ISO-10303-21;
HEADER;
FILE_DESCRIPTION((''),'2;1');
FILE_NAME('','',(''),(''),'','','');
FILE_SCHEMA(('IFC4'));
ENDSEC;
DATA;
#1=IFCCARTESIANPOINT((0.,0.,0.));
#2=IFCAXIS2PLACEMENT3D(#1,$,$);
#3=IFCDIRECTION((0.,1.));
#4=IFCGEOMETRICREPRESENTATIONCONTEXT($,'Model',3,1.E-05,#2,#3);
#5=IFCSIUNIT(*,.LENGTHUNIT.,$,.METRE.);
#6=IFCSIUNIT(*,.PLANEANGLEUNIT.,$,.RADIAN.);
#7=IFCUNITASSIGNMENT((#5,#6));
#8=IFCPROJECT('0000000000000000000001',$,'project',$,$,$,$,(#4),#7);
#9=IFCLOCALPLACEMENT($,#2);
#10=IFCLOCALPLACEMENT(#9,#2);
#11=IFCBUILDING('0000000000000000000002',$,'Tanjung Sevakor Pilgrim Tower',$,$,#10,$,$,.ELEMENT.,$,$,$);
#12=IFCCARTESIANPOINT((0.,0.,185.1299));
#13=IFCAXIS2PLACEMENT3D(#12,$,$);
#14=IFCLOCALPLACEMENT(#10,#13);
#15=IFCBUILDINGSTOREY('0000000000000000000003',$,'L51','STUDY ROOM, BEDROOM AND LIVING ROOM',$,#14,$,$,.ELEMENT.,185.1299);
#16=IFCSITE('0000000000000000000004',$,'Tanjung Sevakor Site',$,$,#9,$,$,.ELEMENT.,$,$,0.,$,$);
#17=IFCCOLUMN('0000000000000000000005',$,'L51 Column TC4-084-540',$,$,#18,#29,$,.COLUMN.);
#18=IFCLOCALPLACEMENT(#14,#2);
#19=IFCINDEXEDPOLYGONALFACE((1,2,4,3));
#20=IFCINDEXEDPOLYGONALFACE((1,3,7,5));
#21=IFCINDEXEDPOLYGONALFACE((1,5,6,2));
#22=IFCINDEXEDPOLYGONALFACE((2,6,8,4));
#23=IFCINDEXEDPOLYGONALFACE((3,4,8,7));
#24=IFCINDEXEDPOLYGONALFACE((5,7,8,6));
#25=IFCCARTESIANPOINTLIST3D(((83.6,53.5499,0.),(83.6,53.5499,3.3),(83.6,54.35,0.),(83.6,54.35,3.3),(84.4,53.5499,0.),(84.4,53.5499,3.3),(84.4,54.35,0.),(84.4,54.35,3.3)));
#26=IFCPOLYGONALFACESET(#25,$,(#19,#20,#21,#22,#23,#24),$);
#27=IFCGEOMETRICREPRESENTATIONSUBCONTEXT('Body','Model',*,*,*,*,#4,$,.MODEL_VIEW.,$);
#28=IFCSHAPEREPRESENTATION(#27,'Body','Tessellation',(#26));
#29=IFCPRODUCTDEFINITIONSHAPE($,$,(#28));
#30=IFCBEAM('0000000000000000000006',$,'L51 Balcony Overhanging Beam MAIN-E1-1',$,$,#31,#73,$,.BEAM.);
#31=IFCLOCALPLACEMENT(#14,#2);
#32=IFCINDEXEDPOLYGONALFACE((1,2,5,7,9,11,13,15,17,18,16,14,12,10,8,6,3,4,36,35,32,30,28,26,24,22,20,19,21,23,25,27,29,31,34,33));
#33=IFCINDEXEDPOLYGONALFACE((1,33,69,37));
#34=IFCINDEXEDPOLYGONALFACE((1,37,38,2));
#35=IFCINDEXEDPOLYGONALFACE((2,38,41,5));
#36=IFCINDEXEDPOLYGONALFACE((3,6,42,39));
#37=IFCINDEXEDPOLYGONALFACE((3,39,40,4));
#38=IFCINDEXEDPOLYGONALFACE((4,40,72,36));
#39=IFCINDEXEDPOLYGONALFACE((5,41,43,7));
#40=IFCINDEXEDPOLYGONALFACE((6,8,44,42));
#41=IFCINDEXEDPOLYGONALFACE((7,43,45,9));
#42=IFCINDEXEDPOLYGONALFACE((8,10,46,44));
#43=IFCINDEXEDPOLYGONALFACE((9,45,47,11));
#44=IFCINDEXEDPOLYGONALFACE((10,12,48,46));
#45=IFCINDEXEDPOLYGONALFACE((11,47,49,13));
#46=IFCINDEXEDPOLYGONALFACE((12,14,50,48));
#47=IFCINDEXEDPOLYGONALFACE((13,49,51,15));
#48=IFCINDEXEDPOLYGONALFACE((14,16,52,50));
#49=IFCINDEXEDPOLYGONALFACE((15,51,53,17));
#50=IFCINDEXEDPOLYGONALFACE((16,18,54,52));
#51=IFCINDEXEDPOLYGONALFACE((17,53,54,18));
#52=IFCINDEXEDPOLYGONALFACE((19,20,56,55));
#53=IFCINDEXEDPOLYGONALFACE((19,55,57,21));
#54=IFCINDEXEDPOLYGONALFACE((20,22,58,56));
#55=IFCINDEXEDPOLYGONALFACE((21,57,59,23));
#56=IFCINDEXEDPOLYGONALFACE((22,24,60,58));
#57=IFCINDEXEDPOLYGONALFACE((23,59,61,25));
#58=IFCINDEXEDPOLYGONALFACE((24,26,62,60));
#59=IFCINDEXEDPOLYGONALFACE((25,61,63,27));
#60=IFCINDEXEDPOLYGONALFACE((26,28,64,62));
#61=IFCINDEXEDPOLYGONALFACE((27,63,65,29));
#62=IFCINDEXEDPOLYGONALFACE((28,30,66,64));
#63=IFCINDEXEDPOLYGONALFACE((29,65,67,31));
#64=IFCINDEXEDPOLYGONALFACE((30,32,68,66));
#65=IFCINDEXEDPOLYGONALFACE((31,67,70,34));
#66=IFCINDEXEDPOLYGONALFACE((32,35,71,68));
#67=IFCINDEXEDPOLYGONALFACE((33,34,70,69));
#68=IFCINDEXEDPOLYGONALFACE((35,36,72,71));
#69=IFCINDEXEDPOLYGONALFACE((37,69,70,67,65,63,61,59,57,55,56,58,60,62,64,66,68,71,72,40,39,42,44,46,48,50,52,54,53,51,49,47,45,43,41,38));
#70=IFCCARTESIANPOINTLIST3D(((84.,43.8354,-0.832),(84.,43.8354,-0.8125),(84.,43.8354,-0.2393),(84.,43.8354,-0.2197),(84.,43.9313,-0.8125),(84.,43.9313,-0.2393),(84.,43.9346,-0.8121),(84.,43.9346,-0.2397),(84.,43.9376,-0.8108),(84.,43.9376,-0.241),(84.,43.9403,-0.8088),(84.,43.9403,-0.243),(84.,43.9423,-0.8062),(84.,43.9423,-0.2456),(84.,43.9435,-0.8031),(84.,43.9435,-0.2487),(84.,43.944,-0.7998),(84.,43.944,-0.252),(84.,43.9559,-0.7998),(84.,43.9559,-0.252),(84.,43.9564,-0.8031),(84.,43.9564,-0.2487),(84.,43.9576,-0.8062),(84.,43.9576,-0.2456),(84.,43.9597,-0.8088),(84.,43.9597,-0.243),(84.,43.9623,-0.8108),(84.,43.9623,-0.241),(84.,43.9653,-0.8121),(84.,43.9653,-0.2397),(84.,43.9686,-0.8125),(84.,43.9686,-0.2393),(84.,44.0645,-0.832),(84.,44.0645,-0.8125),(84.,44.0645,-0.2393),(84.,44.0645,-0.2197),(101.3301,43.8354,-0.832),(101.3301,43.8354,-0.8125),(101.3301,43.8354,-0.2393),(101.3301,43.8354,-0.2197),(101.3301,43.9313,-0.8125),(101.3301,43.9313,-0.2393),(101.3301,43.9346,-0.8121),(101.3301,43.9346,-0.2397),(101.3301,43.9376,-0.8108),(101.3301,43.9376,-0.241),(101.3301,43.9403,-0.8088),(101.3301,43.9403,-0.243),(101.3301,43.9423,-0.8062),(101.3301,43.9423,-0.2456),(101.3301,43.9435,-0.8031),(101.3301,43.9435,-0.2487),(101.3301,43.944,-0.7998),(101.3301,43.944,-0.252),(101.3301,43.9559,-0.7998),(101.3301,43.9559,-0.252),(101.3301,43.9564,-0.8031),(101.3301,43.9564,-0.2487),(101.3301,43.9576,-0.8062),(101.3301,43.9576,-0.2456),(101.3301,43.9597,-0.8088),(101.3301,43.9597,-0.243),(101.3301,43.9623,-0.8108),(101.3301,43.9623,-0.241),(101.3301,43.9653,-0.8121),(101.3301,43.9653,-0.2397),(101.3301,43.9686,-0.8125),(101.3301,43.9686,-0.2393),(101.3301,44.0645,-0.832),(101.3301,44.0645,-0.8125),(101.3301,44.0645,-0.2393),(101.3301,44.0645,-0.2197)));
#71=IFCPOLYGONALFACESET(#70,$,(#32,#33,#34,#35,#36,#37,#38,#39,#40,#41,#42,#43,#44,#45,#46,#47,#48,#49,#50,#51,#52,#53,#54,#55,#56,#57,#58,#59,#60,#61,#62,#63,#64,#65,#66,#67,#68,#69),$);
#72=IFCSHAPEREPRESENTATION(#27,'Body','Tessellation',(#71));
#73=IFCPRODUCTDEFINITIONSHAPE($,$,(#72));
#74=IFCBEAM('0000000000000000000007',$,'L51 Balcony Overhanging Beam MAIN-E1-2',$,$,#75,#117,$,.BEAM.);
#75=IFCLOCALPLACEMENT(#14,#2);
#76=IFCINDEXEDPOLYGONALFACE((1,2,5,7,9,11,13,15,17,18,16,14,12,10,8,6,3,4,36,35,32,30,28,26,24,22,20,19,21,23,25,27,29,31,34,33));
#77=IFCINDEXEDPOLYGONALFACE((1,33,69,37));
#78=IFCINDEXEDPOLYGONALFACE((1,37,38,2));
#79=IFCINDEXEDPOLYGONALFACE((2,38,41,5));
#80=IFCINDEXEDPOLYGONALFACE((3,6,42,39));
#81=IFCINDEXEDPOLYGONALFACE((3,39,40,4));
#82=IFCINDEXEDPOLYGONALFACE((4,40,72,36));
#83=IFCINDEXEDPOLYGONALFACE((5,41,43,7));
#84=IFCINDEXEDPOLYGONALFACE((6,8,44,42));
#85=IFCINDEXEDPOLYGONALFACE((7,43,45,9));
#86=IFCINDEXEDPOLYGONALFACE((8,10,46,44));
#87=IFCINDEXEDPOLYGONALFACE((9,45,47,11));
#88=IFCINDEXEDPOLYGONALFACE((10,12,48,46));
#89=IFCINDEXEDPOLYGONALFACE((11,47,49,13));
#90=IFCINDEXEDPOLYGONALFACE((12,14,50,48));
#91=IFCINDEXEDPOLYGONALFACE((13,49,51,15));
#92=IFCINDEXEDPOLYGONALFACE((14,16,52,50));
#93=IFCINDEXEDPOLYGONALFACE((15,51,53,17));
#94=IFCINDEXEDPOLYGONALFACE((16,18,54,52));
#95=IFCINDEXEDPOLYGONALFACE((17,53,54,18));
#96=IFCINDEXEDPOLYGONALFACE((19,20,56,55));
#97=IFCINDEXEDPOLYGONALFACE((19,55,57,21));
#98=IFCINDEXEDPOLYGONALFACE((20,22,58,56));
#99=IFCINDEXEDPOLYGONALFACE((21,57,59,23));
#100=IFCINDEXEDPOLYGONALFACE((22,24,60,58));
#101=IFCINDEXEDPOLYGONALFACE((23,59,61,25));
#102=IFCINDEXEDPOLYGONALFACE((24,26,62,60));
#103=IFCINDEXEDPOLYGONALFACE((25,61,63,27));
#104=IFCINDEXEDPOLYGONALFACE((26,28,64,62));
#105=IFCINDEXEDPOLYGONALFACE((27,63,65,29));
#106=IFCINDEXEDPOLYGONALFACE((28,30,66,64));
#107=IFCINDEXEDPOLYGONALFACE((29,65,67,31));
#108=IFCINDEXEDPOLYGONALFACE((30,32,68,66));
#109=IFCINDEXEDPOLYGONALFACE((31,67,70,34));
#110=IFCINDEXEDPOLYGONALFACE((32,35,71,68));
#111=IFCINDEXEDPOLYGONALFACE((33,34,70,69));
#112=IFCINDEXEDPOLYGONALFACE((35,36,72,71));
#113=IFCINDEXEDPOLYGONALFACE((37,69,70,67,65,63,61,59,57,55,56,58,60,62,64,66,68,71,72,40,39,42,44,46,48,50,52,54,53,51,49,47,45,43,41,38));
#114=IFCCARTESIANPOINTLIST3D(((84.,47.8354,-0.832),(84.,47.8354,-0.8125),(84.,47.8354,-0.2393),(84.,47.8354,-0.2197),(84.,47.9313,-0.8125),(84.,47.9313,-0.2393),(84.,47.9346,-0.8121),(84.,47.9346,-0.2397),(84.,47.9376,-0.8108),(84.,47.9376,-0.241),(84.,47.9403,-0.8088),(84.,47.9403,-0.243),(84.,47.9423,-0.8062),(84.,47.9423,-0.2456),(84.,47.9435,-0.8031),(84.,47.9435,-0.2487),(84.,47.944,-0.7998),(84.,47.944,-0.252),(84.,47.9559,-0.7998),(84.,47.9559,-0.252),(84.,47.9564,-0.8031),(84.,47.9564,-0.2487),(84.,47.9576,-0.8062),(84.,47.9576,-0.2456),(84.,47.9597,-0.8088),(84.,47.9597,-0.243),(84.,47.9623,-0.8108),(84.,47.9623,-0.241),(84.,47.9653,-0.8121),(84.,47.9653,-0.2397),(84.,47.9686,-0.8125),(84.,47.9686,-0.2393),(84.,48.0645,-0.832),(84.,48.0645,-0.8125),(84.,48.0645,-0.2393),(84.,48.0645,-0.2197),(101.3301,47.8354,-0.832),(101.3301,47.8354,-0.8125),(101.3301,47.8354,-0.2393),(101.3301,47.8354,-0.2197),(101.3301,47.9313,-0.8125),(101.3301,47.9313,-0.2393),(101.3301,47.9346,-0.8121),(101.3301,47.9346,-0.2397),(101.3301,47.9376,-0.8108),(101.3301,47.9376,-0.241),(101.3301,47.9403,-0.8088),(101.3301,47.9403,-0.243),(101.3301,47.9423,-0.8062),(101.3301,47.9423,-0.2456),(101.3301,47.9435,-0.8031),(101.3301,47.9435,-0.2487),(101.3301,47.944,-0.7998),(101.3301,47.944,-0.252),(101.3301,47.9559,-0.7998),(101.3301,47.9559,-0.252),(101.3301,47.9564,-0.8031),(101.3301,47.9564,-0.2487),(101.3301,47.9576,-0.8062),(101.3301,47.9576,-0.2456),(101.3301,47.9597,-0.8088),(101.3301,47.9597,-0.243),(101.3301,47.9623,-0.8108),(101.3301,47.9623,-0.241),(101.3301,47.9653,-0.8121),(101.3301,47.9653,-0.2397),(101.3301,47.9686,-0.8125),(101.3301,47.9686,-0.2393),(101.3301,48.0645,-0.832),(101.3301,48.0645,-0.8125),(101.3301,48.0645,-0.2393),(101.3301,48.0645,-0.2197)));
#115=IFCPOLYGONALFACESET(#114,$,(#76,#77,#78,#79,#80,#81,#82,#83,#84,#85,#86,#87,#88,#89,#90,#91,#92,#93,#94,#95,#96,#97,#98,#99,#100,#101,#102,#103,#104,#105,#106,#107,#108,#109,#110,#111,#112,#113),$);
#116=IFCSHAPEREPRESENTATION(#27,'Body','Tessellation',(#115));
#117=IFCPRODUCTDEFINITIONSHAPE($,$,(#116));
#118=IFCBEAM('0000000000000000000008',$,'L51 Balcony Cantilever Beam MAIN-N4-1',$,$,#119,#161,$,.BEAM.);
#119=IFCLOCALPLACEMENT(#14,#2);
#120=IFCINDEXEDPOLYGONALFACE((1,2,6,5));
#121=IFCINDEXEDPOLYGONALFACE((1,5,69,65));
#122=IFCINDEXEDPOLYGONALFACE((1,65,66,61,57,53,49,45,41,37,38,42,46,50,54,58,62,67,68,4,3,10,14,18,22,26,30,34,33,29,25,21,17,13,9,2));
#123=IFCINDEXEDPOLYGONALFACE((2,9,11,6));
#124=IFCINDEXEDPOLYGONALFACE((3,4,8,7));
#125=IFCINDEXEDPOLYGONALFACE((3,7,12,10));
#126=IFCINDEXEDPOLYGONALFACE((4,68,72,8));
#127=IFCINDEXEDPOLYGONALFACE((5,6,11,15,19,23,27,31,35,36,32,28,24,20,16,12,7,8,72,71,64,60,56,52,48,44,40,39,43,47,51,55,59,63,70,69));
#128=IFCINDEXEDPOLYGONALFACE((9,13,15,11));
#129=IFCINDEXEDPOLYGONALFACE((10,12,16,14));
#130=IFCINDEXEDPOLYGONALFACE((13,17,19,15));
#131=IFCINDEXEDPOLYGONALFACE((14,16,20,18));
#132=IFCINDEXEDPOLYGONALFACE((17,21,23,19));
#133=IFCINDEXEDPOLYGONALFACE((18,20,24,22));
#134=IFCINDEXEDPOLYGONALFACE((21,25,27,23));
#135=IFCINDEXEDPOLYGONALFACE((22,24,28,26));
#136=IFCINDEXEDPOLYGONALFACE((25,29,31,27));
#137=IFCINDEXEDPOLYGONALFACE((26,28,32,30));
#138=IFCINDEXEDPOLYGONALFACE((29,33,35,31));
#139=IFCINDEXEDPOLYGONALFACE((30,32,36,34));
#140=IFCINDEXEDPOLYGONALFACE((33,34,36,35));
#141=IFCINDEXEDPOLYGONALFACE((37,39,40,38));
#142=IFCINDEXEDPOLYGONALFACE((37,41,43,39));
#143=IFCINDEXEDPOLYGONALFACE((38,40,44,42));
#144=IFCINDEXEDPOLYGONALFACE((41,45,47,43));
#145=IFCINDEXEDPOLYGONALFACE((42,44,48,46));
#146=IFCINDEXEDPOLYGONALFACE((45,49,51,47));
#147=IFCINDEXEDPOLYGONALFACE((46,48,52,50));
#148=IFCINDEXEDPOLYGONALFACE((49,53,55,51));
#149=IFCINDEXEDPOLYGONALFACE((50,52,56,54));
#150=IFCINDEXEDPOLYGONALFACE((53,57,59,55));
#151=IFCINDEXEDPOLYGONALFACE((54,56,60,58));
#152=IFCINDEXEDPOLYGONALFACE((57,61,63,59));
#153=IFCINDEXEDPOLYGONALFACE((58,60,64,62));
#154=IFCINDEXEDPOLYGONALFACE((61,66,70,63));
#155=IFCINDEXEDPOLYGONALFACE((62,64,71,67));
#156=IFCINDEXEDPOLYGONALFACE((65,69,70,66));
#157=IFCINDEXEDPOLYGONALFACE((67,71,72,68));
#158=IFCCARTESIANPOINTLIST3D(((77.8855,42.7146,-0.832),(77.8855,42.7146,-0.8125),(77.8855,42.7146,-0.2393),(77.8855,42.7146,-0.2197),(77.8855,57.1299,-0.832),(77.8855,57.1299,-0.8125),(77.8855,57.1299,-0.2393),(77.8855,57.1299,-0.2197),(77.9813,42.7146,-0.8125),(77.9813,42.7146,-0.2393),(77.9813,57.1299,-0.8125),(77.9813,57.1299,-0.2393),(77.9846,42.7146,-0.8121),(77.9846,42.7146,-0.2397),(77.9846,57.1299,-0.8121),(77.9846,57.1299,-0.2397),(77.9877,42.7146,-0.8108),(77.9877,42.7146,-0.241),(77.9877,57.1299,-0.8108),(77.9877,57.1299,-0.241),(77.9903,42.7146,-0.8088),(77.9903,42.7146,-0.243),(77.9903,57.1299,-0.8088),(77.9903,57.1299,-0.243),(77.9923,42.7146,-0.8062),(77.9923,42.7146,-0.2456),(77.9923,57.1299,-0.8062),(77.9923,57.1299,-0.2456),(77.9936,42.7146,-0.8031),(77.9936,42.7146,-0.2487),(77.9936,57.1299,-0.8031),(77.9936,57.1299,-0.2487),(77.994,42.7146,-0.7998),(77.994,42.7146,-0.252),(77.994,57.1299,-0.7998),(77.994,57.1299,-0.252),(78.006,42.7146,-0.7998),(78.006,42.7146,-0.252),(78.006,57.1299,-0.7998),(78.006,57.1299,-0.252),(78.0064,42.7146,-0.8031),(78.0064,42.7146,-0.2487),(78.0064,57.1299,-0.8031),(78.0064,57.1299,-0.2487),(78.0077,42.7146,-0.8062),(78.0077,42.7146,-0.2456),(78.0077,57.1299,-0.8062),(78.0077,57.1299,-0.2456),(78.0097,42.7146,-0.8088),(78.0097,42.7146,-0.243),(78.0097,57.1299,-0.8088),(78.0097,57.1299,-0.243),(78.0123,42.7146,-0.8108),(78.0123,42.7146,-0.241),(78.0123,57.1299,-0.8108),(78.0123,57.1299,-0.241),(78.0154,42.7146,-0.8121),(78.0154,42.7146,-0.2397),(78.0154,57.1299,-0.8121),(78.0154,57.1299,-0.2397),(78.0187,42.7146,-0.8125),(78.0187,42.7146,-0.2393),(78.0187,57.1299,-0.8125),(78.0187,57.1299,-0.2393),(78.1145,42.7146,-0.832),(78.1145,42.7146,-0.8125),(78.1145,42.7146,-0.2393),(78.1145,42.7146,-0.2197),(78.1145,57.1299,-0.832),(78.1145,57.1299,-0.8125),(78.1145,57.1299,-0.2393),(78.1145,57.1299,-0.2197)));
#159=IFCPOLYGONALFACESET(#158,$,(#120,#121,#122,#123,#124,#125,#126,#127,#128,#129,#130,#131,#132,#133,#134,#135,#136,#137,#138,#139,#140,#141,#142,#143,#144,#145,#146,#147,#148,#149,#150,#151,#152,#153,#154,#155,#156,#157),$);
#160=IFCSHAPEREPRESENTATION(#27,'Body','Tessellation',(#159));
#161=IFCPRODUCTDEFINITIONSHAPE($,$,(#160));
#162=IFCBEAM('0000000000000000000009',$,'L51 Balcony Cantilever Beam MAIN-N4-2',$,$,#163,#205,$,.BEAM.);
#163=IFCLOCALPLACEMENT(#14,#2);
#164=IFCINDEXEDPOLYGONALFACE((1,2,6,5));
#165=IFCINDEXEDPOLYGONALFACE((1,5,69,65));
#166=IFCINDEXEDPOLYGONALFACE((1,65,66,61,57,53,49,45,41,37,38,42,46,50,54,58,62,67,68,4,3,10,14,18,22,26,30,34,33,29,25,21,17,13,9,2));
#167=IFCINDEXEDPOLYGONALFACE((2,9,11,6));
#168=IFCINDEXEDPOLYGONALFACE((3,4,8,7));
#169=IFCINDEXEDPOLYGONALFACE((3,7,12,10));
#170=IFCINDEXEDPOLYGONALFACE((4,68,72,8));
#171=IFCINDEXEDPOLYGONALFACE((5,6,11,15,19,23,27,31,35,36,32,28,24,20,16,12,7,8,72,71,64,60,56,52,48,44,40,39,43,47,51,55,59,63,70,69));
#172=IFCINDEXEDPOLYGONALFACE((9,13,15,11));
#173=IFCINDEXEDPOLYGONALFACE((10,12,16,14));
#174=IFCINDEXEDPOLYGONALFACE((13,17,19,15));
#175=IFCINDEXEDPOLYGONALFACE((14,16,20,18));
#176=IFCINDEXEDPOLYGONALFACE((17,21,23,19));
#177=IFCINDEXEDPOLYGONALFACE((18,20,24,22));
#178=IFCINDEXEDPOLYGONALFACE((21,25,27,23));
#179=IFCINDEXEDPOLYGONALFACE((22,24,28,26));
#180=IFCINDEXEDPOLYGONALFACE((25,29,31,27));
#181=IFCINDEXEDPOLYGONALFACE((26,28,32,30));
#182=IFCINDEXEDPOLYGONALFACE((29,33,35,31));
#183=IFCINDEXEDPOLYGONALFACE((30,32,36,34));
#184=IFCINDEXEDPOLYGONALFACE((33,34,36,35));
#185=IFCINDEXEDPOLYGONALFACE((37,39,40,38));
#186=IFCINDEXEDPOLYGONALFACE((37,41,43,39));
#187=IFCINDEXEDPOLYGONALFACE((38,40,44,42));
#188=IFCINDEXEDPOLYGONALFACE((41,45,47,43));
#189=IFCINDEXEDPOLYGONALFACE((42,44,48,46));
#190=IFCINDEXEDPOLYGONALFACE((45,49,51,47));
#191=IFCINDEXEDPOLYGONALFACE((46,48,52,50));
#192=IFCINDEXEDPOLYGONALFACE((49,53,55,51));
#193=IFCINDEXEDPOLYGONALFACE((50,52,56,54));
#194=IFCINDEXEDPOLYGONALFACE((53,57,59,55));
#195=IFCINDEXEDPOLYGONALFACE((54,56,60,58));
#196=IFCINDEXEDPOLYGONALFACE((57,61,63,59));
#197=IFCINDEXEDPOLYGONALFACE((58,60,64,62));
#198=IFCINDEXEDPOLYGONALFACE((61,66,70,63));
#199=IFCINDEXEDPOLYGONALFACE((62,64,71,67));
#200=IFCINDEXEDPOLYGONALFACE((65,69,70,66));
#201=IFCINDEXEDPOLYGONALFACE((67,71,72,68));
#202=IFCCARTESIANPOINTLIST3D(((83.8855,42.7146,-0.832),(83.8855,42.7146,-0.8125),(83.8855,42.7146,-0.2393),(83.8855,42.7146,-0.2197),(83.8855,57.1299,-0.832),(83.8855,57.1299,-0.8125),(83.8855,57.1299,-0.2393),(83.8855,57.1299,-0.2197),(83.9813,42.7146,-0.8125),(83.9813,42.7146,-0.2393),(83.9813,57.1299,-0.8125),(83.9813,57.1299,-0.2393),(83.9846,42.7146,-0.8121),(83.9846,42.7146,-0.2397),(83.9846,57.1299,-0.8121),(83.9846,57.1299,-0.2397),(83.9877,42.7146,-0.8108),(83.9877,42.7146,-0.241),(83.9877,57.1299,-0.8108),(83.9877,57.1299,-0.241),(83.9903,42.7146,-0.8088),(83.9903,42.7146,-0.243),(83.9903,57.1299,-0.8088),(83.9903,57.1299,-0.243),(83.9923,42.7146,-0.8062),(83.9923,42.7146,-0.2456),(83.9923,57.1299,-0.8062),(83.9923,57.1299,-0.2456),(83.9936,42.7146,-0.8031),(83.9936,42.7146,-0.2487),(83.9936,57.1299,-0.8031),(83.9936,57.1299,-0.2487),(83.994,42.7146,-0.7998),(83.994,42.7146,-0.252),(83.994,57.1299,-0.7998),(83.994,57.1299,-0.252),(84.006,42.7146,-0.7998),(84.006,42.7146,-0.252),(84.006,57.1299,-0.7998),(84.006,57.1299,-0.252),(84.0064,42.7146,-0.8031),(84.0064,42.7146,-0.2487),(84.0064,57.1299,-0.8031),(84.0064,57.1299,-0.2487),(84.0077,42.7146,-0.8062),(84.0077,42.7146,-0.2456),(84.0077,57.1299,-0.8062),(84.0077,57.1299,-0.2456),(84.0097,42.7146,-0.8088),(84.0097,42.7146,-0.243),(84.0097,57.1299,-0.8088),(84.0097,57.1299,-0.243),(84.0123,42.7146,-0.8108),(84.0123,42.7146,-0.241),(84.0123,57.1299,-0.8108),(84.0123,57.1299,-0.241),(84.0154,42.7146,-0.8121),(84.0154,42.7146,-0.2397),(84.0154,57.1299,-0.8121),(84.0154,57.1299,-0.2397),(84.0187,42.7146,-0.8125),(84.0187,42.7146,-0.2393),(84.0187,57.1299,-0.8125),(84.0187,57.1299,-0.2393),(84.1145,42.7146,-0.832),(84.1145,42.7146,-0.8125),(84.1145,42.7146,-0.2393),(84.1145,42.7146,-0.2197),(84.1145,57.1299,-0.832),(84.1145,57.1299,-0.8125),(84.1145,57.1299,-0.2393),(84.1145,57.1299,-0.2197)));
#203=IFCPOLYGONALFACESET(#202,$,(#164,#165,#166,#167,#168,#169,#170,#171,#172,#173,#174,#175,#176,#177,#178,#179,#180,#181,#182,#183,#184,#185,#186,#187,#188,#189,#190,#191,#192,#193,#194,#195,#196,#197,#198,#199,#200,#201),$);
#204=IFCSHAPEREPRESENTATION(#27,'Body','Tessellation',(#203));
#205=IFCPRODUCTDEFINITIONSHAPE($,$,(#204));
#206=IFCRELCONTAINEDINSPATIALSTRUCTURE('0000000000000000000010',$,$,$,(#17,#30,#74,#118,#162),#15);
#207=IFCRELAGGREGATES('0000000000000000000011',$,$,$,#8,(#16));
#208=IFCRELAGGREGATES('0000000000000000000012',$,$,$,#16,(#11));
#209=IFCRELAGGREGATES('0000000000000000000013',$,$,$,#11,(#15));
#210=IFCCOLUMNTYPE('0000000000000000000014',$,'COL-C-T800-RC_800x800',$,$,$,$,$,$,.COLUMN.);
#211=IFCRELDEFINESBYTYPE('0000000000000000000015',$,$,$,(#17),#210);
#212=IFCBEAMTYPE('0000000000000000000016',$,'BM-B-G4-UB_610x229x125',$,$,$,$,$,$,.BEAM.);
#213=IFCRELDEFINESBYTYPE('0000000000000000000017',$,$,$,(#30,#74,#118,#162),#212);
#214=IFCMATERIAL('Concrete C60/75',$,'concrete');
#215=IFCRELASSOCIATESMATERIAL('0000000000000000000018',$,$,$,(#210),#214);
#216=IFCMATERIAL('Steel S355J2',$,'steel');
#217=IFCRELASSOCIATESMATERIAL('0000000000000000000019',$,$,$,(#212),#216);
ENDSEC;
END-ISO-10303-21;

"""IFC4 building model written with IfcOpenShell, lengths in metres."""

from ifc_helpers import new_model, si_unit, direction, frame, origin, origin_2d, place, context, subcontext, project, spatial, rectangle, i_section, extrude, material, material_profile, profile_set, type_object, element, save


model = new_model("IFC4")

# Units and contexts
model_context = context("Model", 3, precision=1e-05, world=origin(), true_north=direction((0.0, 1.0)))
body_context = subcontext(model_context, "Body", "Model", "MODEL_VIEW")
ifc_project = project(units=[si_unit("LENGTHUNIT", "METRE"), si_unit("PLANEANGLEUNIT", "RADIAN")], contexts=[model_context])

# Site, building, storey
site_placement = place(None, origin())
site = spatial("IfcSite", under=ifc_project, at=site_placement, Name="Tanjung Sevakor Site", CompositionType="ELEMENT", RefElevation=0.0)
building_placement = place(site_placement, origin())
building = spatial("IfcBuilding", under=site, at=building_placement, Name="Tanjung Sevakor Pilgrim Tower", CompositionType="ELEMENT")
storey_placement = place(building_placement, frame((0.0, 0.0, 185.1299)))
storey = spatial("IfcBuildingStorey", under=building, at=storey_placement, Name="L51", Description="STUDY ROOM, BEDROOM AND LIVING ROOM", CompositionType="ELEMENT", Elevation=185.1299)

# Column
ifc_material_1 = material(Name="Concrete C60/75", Category="concrete")
ifc_material_profile_1 = material_profile(ifc_material_1, rectangle(XDim=0.8, YDim=0.8, at=origin_2d()))
ifc_profile_set_1 = profile_set([ifc_material_profile_1], Name="Concrete C60/75")
column_type = type_object("IfcColumnType", Name="COL-C-T800-RC_800x800", PredefinedType="COLUMN", material=ifc_profile_set_1)
column_placement = place(storey_placement, frame((84.0, 53.95, 0.0), z_axis=(0.0, 0.0, 1.0), x_axis=(1.0, 0.0, 0.0)))
element("IfcColumn", 1, at=column_placement, inside=storey, type_object=column_type, Name="L51 Column TC4-084-540", PredefinedType="COLUMN", context=body_context, shape_type="SweptSolid", body=[
    extrude(rectangle(XDim=0.8, YDim=0.8, at=origin_2d()), origin(), (0.0, 0.0, 1.0), 3.3),
])

# Beams
ifc_material_2 = material(Name="Steel S355J2", Category="steel")
ifc_material_profile_2 = material_profile(ifc_material_2, i_section(OverallWidth=0.229, OverallDepth=0.6123, WebThickness=0.012, FlangeThickness=0.0195, FilletRadius=0.0127, at=origin_2d()))
ifc_profile_set_2 = profile_set([ifc_material_profile_2], Name="Steel S355J2")
beam_type_1 = type_object("IfcBeamType", Name="BM-B-G4-UB_610x229x125", PredefinedType="BEAM", material=ifc_profile_set_2)
for number, where, z_axis, x_axis, name in (
    (2, (84.0, 43.95, -0.5259), (1.0, 0.0, 0.0), (0.0, 1.0, 0.0), "L51 Balcony Overhanging Beam MAIN-E1-1"),
    (3, (84.0, 47.95, -0.5259), (1.0, 0.0, 0.0), (0.0, 1.0, 0.0), "L51 Balcony Overhanging Beam MAIN-E1-2"),
):
    element("IfcBeam", number, at=place(storey_placement, frame(where, z_axis=z_axis, x_axis=x_axis)), inside=storey, type_object=beam_type_1, Name=name, PredefinedType="BEAM", context=body_context, shape_type="SweptSolid", body=[
        extrude(i_section(OverallWidth=0.229, OverallDepth=0.6123, WebThickness=0.012, FlangeThickness=0.0195, FilletRadius=0.0127, at=origin_2d()), origin(), (0.0, 0.0, 1.0), 17.3301),
    ])
for number, where, z_axis, x_axis, name in (
    (4, (78.0, 42.7146, -0.5259), (0.0, 1.0, 0.0), (-1.0, 0.0, 0.0), "L51 Balcony Cantilever Beam MAIN-N4-1"),
    (5, (84.0, 42.7146, -0.5259), (0.0, 1.0, 0.0), (-1.0, 0.0, 0.0), "L51 Balcony Cantilever Beam MAIN-N4-2"),
):
    element("IfcBeam", number, at=place(storey_placement, frame(where, z_axis=z_axis, x_axis=x_axis)), inside=storey, type_object=beam_type_1, Name=name, PredefinedType="BEAM", context=body_context, shape_type="SweptSolid", body=[
        extrude(i_section(OverallWidth=0.229, OverallDepth=0.6123, WebThickness=0.012, FlangeThickness=0.0195, FilletRadius=0.0127, at=origin_2d()), origin(), (0.0, 0.0, 1.0), 14.4153),
    ])

save(model, "model.ifc")
